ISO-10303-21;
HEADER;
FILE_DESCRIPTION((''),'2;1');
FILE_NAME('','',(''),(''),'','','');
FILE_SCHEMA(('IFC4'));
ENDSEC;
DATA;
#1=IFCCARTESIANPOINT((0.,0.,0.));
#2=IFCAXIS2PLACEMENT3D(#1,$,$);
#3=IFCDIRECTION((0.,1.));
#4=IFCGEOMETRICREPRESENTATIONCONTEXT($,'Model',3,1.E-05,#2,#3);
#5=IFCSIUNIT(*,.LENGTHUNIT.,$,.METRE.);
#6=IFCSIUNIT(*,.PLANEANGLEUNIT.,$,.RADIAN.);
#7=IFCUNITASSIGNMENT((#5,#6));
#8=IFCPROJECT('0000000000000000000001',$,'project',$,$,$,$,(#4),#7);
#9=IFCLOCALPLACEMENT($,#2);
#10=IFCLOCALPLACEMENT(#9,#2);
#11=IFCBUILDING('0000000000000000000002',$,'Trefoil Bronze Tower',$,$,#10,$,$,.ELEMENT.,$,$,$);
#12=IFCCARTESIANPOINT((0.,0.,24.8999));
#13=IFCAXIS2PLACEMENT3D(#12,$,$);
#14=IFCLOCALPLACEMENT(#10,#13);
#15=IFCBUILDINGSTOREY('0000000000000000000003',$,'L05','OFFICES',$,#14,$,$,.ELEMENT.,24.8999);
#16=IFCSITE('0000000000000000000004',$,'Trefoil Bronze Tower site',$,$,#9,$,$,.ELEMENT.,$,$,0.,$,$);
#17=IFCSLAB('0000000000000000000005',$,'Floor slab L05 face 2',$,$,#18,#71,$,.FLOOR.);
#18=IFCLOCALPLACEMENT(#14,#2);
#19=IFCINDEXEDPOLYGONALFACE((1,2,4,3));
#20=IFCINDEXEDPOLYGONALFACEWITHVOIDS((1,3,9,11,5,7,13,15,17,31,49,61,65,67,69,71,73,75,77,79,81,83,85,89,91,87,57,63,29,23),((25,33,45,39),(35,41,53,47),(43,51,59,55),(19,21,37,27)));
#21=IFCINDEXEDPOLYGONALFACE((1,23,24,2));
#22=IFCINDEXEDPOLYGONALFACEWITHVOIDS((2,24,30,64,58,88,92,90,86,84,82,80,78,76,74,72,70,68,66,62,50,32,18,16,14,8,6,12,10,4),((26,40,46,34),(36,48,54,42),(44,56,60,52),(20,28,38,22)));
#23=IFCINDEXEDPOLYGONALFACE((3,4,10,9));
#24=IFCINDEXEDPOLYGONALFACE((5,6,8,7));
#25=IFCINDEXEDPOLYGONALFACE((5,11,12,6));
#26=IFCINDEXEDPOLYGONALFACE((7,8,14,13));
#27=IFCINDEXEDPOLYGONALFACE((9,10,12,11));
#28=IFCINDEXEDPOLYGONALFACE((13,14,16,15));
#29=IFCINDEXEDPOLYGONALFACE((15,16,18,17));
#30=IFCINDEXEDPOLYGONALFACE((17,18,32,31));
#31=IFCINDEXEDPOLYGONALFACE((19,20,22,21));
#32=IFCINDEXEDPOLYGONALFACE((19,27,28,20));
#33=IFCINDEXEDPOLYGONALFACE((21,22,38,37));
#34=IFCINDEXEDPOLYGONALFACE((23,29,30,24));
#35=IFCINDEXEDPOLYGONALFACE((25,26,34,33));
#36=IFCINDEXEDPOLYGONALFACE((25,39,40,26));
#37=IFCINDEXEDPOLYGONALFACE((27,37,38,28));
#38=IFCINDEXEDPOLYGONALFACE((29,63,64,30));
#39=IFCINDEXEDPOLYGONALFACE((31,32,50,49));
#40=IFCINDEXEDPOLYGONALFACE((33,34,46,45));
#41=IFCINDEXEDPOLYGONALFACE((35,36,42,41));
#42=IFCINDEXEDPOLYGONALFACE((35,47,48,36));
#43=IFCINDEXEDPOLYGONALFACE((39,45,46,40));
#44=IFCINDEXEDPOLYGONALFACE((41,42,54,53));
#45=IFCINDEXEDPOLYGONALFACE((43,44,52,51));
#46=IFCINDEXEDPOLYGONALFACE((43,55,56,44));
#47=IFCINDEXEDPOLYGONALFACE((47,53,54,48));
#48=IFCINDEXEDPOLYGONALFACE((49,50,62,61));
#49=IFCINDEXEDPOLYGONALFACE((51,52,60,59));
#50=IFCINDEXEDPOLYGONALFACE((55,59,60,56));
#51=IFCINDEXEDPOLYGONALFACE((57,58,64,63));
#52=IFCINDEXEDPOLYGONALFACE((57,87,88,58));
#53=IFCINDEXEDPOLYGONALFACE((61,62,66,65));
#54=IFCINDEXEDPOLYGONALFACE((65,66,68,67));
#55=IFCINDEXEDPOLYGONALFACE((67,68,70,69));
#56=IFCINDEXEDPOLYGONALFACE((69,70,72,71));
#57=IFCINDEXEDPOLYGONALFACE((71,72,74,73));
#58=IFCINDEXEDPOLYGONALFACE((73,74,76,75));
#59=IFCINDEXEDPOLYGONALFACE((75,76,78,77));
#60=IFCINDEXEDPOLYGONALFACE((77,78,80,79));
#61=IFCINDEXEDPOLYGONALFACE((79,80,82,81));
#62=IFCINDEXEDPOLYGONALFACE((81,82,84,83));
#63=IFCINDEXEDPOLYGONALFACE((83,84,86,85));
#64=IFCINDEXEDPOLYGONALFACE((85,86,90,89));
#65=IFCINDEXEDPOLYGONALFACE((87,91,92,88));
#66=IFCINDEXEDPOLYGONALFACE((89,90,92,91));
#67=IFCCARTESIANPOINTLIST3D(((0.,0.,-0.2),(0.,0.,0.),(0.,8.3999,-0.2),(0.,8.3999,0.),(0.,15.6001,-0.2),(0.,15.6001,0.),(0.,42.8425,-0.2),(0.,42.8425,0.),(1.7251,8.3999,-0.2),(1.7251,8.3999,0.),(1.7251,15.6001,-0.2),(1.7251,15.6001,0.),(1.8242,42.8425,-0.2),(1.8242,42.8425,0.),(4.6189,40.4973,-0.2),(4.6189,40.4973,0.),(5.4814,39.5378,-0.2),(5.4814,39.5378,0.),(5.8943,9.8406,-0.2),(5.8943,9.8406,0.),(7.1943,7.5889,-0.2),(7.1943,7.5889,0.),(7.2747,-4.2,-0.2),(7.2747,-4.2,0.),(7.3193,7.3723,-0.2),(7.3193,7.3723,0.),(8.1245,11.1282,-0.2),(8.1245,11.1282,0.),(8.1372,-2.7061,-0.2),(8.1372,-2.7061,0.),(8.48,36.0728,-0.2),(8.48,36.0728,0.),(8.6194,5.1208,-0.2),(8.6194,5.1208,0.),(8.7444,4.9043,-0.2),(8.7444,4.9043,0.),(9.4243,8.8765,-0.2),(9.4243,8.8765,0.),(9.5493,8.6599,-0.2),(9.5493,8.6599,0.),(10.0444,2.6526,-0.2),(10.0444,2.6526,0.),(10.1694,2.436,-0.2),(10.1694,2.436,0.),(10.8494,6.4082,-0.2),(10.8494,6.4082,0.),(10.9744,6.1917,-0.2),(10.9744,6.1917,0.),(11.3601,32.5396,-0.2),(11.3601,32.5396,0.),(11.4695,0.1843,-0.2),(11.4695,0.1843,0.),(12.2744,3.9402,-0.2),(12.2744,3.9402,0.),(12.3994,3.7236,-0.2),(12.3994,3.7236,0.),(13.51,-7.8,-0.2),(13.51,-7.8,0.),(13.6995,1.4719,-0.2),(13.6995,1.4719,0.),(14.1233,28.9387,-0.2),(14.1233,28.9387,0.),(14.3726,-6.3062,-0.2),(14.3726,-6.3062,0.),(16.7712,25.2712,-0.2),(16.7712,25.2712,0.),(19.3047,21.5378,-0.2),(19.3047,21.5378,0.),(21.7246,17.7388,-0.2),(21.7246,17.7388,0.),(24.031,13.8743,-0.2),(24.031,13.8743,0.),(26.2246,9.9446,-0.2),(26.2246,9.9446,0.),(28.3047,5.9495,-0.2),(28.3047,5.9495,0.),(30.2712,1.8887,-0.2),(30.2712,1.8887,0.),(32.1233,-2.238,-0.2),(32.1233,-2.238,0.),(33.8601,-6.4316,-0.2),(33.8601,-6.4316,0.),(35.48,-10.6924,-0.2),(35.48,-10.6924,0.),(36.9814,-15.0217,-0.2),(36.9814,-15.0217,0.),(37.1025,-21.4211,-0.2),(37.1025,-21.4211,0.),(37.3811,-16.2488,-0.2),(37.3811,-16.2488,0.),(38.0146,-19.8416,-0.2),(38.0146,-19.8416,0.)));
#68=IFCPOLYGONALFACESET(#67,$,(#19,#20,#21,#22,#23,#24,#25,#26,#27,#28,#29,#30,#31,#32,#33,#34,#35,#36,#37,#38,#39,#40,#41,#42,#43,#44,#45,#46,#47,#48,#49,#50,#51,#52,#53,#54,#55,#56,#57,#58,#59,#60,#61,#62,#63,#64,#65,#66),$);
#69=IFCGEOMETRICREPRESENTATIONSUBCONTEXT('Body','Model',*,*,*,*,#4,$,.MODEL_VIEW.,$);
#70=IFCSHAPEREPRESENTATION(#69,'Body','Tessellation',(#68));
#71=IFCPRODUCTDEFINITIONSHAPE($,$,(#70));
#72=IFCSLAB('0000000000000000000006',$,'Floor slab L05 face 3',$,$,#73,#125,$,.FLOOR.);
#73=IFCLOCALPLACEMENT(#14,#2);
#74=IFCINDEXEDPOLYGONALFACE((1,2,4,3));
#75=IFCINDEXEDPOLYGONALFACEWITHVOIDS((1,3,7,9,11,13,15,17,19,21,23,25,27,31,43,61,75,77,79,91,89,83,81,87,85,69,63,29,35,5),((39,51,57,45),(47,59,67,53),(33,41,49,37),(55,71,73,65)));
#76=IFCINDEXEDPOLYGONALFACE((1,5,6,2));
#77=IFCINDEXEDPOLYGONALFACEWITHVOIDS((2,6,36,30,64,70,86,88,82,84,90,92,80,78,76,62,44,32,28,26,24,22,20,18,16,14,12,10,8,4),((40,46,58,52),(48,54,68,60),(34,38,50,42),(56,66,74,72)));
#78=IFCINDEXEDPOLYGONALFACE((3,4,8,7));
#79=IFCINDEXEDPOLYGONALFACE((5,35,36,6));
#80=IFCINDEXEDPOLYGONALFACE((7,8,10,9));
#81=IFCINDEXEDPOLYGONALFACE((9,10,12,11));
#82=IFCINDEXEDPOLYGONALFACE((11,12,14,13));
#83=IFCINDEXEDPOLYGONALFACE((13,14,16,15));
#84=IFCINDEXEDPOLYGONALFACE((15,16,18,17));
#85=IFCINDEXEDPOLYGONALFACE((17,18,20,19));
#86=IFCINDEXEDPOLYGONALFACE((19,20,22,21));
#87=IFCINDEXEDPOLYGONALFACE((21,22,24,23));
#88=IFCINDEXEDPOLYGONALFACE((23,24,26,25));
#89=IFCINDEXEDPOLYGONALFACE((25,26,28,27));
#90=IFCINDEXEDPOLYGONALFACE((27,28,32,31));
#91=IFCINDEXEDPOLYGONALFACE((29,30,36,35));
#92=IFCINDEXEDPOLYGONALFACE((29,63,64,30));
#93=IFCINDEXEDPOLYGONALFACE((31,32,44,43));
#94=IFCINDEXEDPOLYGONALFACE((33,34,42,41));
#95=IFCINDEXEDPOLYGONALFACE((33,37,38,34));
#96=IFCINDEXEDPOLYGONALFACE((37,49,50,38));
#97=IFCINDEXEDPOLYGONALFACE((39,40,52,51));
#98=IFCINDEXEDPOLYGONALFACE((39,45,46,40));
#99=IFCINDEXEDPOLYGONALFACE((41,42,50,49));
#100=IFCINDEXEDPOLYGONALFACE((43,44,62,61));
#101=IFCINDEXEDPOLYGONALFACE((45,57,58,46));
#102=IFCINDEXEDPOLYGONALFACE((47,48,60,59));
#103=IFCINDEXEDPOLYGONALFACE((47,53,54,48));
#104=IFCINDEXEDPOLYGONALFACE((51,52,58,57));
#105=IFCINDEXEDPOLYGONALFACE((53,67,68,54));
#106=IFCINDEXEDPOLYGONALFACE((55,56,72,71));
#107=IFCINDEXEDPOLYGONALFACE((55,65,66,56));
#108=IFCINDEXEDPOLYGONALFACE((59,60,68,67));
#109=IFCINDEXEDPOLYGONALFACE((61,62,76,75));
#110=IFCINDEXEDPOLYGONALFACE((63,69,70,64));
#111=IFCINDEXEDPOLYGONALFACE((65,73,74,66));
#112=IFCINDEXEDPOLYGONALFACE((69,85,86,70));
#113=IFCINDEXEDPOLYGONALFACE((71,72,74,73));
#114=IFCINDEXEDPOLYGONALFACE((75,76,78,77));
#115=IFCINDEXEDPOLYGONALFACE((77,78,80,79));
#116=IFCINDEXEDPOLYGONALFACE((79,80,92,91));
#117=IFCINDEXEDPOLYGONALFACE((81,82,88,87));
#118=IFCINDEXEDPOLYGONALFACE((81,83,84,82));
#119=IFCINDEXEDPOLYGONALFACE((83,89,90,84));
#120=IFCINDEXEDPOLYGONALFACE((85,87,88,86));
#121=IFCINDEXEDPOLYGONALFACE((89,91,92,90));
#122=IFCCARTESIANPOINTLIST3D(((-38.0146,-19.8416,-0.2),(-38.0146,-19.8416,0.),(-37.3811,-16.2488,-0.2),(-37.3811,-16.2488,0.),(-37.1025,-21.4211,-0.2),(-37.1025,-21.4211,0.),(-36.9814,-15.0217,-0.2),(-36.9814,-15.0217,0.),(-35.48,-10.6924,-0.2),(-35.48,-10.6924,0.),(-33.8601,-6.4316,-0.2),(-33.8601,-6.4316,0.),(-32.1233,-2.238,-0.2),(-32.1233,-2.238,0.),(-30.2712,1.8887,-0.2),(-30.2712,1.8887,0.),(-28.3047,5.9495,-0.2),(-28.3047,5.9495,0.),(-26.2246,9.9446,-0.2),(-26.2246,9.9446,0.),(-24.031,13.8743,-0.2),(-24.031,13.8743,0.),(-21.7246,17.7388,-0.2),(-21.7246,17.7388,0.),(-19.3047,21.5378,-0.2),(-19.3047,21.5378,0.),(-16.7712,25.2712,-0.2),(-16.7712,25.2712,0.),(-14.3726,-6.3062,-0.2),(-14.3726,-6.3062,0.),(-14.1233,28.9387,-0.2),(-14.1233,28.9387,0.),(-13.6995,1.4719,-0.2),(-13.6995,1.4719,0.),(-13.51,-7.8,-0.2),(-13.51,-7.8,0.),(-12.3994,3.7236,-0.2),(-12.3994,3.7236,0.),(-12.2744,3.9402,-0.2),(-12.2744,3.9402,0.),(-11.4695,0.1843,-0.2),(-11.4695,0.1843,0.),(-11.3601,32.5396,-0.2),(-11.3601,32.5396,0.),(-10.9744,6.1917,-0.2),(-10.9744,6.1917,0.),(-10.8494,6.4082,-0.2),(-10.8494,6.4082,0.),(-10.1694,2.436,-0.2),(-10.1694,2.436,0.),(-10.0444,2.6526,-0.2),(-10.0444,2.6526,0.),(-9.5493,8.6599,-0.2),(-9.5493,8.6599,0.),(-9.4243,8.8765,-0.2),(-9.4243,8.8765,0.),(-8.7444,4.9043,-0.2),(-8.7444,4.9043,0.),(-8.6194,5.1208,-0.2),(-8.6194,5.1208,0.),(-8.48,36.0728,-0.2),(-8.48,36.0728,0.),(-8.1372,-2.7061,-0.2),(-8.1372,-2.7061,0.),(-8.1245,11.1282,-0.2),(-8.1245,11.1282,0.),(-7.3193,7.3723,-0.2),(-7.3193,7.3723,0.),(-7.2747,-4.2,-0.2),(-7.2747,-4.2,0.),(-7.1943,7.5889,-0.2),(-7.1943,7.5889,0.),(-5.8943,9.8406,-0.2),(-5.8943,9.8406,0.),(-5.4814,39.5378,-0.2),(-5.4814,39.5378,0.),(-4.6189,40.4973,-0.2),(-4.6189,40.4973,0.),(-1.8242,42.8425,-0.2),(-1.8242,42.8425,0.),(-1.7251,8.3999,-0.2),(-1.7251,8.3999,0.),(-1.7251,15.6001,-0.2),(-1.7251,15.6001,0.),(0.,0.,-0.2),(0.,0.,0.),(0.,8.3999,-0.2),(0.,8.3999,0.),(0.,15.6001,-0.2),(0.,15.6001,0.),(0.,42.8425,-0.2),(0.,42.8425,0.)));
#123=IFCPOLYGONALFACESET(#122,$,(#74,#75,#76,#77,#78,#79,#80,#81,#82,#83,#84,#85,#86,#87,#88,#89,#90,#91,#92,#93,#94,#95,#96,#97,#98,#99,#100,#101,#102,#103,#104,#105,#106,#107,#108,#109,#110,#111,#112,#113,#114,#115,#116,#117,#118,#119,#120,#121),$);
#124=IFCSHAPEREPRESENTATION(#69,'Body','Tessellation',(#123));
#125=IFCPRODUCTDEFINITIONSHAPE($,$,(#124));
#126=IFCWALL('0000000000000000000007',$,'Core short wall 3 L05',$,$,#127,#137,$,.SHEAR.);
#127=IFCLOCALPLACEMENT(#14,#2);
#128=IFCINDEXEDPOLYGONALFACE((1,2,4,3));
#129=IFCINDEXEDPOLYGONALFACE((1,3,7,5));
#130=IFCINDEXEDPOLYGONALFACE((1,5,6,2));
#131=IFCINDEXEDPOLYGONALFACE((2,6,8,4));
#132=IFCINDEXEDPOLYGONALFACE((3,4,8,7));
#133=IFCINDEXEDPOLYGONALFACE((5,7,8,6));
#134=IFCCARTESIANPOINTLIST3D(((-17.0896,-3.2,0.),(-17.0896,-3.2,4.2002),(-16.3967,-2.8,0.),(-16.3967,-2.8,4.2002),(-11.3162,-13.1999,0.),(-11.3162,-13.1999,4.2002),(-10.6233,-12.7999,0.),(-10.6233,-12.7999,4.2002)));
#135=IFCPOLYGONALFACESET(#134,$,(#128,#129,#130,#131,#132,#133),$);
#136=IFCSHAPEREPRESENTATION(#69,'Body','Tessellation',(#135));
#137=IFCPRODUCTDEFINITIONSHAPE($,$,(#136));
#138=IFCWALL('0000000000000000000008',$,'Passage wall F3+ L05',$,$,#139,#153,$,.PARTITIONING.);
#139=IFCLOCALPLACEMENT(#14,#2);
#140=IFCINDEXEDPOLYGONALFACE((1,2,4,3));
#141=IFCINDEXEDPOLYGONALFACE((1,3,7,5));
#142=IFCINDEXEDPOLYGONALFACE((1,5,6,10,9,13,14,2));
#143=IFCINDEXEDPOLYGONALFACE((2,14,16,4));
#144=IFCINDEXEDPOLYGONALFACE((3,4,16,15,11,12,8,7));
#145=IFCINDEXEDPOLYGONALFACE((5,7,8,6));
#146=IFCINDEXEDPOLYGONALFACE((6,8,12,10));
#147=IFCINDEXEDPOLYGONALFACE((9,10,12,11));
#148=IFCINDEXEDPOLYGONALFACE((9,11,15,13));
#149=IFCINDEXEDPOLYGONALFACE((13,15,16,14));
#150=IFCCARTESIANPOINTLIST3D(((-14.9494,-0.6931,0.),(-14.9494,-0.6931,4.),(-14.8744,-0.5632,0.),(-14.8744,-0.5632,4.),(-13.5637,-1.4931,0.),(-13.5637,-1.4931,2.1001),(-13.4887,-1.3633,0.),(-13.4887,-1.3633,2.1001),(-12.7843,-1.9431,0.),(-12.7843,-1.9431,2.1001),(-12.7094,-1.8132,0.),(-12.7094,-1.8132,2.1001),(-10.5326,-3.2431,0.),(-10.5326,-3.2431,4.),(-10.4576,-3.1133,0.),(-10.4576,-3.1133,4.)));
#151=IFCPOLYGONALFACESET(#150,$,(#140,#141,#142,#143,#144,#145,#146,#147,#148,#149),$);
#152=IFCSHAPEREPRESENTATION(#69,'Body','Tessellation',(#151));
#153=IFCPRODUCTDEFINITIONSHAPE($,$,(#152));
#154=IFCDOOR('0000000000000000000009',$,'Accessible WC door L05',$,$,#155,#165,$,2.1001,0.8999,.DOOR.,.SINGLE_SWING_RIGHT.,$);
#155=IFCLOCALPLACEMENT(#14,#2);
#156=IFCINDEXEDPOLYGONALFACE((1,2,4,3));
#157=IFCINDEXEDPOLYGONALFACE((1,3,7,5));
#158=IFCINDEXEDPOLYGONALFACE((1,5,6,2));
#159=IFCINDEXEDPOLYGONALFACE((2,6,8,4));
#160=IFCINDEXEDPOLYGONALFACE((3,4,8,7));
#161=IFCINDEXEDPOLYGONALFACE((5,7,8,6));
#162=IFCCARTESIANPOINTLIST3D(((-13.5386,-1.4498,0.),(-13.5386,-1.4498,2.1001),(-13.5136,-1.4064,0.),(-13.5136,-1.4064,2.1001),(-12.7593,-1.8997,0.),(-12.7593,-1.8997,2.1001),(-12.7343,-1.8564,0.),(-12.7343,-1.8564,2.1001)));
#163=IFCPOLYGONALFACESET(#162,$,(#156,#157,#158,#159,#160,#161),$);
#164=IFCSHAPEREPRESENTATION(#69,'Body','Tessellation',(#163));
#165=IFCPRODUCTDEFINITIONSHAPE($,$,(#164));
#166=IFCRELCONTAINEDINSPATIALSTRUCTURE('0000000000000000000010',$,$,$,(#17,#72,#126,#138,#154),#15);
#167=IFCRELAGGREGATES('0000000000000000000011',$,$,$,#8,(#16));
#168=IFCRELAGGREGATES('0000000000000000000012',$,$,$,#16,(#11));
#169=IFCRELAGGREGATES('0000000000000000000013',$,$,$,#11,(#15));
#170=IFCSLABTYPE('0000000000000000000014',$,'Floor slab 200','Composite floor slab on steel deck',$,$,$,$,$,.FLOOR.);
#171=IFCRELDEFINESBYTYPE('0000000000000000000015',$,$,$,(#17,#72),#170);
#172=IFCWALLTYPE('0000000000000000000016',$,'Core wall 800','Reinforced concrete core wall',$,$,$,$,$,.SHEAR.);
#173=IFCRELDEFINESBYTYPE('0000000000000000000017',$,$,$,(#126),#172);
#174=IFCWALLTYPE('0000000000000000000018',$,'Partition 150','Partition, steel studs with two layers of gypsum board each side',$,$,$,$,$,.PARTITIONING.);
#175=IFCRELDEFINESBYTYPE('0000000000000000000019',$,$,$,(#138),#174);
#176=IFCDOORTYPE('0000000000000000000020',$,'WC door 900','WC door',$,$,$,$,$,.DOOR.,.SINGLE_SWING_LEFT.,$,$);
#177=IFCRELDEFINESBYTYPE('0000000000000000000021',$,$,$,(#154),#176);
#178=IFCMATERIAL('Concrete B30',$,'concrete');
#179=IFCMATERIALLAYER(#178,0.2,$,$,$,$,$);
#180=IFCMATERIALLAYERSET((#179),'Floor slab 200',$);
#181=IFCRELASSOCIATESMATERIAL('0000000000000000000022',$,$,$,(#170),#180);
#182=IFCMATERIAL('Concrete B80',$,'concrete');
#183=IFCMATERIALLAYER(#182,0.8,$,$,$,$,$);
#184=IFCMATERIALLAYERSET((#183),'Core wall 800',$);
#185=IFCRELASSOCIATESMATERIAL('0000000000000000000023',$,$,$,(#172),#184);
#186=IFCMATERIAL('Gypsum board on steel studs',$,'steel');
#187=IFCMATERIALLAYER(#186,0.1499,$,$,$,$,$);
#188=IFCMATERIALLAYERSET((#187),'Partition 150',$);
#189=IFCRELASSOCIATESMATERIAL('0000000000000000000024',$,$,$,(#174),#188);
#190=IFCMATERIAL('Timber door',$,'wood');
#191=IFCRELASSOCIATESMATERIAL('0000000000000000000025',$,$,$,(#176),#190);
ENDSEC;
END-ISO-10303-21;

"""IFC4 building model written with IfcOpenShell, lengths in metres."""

from ifc_helpers import new_model, si_unit, direction, frame, frame_2d, origin, place, context, subcontext, project, spatial, polyline, rectangle, outline, extrude, material, layer, layer_set, type_object, element, fill, save


model = new_model("IFC4")

# Units and contexts
model_context = context("Model", 3, precision=1e-05, world=origin(), true_north=direction((0.0, 1.0)))
body_context = subcontext(model_context, "Body", "Model", "MODEL_VIEW")
ifc_project = project(units=[si_unit("LENGTHUNIT", "METRE"), si_unit("PLANEANGLEUNIT", "RADIAN")], contexts=[model_context])

# Site, building, storey
site_placement = place(None, origin())
site = spatial("IfcSite", under=ifc_project, at=site_placement, Name="Trefoil Bronze Tower site", CompositionType="ELEMENT", RefElevation=0.0)
building_placement = place(site_placement, origin())
building = spatial("IfcBuilding", under=site, at=building_placement, Name="Trefoil Bronze Tower", CompositionType="ELEMENT")
storey_placement = place(building_placement, frame((0.0, 0.0, 24.8999)))
storey = spatial("IfcBuildingStorey", under=building, at=storey_placement, Name="L05", Description="OFFICES", CompositionType="ELEMENT", Elevation=24.8999)

# Slabs
ifc_material_1 = material(Name="Concrete B30", Category="concrete")
ifc_layer_1 = layer(ifc_material_1, 0.2)
ifc_layer_set_1 = layer_set([ifc_layer_1], Name="Floor slab 200")
slab_type = type_object("IfcSlabType", Name="Floor slab 200", Description="Composite floor slab on steel deck", PredefinedType="FLOOR", material=ifc_layer_set_1)
slab_1_placement = place(storey_placement, frame((0.0, 0.0, -0.2)))
element("IfcSlab", 1, at=slab_1_placement, inside=storey, type_object=slab_type, Name="Floor slab L05 face 2", PredefinedType="FLOOR", context=body_context, shape_type="SweptSolid", body=[
    extrude(outline(polyline([(8.48, 36.0728), (11.3601, 32.5396), (14.1233, 28.9387), (16.7712, 25.2712), (19.3047, 21.5378), (21.7246, 17.7388), (24.031, 13.8743), (26.2246, 9.9446), (28.3047, 5.9495), (30.2712, 1.8887), (32.1233, -2.238), (33.8601, -6.4316), (35.48, -10.6924), (36.9814, -15.0217), (37.3811, -16.2488), (38.0146, -19.8416), (37.1025, -21.4211), (13.51, -7.8), (14.3726, -6.3062), (8.1372, -2.7061), (7.2747, -4.2), (0.0, 0.0), (0.0, 8.3999), (1.7251, 8.3999), (1.7251, 15.6001), (0.0, 15.6001), (0.0, 42.8425), (1.8242, 42.8425), (4.6189, 40.4973), (5.4814, 39.5378), (8.48, 36.0728)]), holes=[polyline([(11.4695, 0.1843), (10.1694, 2.436), (12.3994, 3.7236), (13.6995, 1.4719), (11.4695, 0.1843)]), polyline([(10.0444, 2.6526), (8.7444, 4.9043), (10.9744, 6.1917), (12.2744, 3.9402), (10.0444, 2.6526)]), polyline([(8.6194, 5.1208), (7.3193, 7.3723), (9.5493, 8.6599), (10.8494, 6.4082), (8.6194, 5.1208)]), polyline([(7.1943, 7.5889), (5.8943, 9.8406), (8.1245, 11.1282), (9.4243, 8.8765), (7.1943, 7.5889)])]), origin(), (0.0, 0.0, 1.0), 0.2),
])
slab_2_placement = place(storey_placement, frame((0.0, 0.0, -0.2)))
element("IfcSlab", 2, at=slab_2_placement, inside=storey, type_object=slab_type, Name="Floor slab L05 face 3", PredefinedType="FLOOR", context=body_context, shape_type="SweptSolid", body=[
    extrude(outline(polyline([(-35.48, -10.6924), (-33.8601, -6.4316), (-32.1233, -2.238), (-30.2712, 1.8887), (-28.3047, 5.9495), (-26.2246, 9.9446), (-24.031, 13.8743), (-21.7246, 17.7388), (-19.3047, 21.5378), (-16.7712, 25.2712), (-14.1233, 28.9387), (-11.3601, 32.5396), (-8.48, 36.0728), (-5.4814, 39.5378), (-4.6189, 40.4973), (-1.8242, 42.8425), (0.0, 42.8425), (0.0, 15.6001), (-1.7251, 15.6001), (-1.7251, 8.3999), (0.0, 8.3999), (0.0, 0.0), (-7.2747, -4.2), (-8.1372, -2.7061), (-14.3726, -6.3062), (-13.51, -7.8), (-37.1025, -21.4211), (-38.0146, -19.8416), (-37.3811, -16.2488), (-36.9814, -15.0217), (-35.48, -10.6924)]), holes=[polyline([(-5.8943, 9.8406), (-7.1943, 7.5889), (-9.4243, 8.8765), (-8.1245, 11.1282), (-5.8943, 9.8406)]), polyline([(-7.3193, 7.3723), (-8.6194, 5.1208), (-10.8494, 6.4082), (-9.5493, 8.6599), (-7.3193, 7.3723)]), polyline([(-8.7444, 4.9043), (-10.0444, 2.6526), (-12.2744, 3.9402), (-10.9744, 6.1917), (-8.7444, 4.9043)]), polyline([(-10.1694, 2.436), (-11.4695, 0.1843), (-13.6995, 1.4719), (-12.3994, 3.7236), (-10.1694, 2.436)])]), origin(), (0.0, 0.0, 1.0), 0.2),
])

# Wall
ifc_material_2 = material(Name="Concrete B80", Category="concrete")
ifc_layer_2 = layer(ifc_material_2, 0.8)
ifc_layer_set_2 = layer_set([ifc_layer_2], Name="Core wall 800")
wall_type_1 = type_object("IfcWallType", Name="Core wall 800", Description="Reinforced concrete core wall", PredefinedType="SHEAR", material=ifc_layer_set_2)
wall_1_placement = place(storey_placement, frame((-16.7432, -3.0, 0.0), z_axis=(0.0, 0.0, 1.0), x_axis=(0.499996, -0.866028, 0.0)))
element("IfcWall", 3, at=wall_1_placement, inside=storey, type_object=wall_type_1, Name="Core short wall 3 L05", PredefinedType="SHEAR", context=body_context, shape_type="SweptSolid", body=[
    extrude(rectangle(XDim=11.5469, YDim=0.8, at=frame_2d((5.7734, 0.0))), origin(), (0.0, 0.0, 1.0), 4.2002),
])

# Wall, opening, door
ifc_material_3 = material(Name="Gypsum board on steel studs", Category="steel")
ifc_layer_3 = layer(ifc_material_3, 0.1499)
ifc_layer_set_3 = layer_set([ifc_layer_3], Name="Partition 150")
wall_type_2 = type_object("IfcWallType", Name="Partition 150", Description="Partition, steel studs with two layers of gypsum board each side", PredefinedType="PARTITIONING", material=ifc_layer_set_3)
wall_2_placement = place(storey_placement, frame((-10.4951, -3.1782, 0.0), z_axis=(0.0, 0.0, 1.0), x_axis=(-0.866022, 0.500006, 0.0)))
wall_2 = element("IfcWall", 4, at=wall_2_placement, inside=storey, type_object=wall_type_2, Name="Passage wall F3+ L05", PredefinedType="PARTITIONING", context=body_context, shape_type="SweptSolid", body=[
    extrude(rectangle(XDim=5.1001, YDim=0.1499, at=frame_2d((2.55, 0.0))), origin(), (0.0, 0.0, 1.0), 4.0),
])
opening_1_placement = place(wall_2_placement, frame((2.6001, 0.0, 0.0)))
opening_1 = element("IfcOpeningElement", 5, at=opening_1_placement, cuts=wall_2, PredefinedType="OPENING", context=body_context, shape_type="SweptSolid", body=[
    extrude(rectangle(XDim=0.8999, YDim=2.1001, at=frame_2d((0.45, 1.05))), frame((0.0, 0.085, 0.0), z_axis=(0.0, -1.0, 0.0), x_axis=(1.0, 0.0, 0.0)), (0.0, 0.0, 1.0), 0.1699),
])
ifc_material_4 = material(Name="Timber door", Category="wood")
door_type_1 = type_object("IfcDoorType", Name="WC door 900", Description="WC door", OperationType="SINGLE_SWING_LEFT", PredefinedType="DOOR", material=ifc_material_4)
door_1_placement = place(opening_1_placement, origin())
door_1 = element("IfcDoor", 6, at=door_1_placement, inside=storey, type_object=door_type_1, Name="Accessible WC door L05", OperationType="SINGLE_SWING_RIGHT", OverallHeight=2.1001, OverallWidth=0.8999, PredefinedType="DOOR", context=body_context, shape_type="SweptSolid", body=[
    extrude(rectangle(XDim=0.8999, YDim=2.1001, at=frame_2d((0.45, 1.05))), frame((0.0, 0.0249, 0.0), z_axis=(0.0, -1.0, 0.0), x_axis=(1.0, 0.0, 0.0)), (0.0, 0.0, 1.0), 0.05),
])
fill(opening_1, door_1)

save(model, "model.ifc")
